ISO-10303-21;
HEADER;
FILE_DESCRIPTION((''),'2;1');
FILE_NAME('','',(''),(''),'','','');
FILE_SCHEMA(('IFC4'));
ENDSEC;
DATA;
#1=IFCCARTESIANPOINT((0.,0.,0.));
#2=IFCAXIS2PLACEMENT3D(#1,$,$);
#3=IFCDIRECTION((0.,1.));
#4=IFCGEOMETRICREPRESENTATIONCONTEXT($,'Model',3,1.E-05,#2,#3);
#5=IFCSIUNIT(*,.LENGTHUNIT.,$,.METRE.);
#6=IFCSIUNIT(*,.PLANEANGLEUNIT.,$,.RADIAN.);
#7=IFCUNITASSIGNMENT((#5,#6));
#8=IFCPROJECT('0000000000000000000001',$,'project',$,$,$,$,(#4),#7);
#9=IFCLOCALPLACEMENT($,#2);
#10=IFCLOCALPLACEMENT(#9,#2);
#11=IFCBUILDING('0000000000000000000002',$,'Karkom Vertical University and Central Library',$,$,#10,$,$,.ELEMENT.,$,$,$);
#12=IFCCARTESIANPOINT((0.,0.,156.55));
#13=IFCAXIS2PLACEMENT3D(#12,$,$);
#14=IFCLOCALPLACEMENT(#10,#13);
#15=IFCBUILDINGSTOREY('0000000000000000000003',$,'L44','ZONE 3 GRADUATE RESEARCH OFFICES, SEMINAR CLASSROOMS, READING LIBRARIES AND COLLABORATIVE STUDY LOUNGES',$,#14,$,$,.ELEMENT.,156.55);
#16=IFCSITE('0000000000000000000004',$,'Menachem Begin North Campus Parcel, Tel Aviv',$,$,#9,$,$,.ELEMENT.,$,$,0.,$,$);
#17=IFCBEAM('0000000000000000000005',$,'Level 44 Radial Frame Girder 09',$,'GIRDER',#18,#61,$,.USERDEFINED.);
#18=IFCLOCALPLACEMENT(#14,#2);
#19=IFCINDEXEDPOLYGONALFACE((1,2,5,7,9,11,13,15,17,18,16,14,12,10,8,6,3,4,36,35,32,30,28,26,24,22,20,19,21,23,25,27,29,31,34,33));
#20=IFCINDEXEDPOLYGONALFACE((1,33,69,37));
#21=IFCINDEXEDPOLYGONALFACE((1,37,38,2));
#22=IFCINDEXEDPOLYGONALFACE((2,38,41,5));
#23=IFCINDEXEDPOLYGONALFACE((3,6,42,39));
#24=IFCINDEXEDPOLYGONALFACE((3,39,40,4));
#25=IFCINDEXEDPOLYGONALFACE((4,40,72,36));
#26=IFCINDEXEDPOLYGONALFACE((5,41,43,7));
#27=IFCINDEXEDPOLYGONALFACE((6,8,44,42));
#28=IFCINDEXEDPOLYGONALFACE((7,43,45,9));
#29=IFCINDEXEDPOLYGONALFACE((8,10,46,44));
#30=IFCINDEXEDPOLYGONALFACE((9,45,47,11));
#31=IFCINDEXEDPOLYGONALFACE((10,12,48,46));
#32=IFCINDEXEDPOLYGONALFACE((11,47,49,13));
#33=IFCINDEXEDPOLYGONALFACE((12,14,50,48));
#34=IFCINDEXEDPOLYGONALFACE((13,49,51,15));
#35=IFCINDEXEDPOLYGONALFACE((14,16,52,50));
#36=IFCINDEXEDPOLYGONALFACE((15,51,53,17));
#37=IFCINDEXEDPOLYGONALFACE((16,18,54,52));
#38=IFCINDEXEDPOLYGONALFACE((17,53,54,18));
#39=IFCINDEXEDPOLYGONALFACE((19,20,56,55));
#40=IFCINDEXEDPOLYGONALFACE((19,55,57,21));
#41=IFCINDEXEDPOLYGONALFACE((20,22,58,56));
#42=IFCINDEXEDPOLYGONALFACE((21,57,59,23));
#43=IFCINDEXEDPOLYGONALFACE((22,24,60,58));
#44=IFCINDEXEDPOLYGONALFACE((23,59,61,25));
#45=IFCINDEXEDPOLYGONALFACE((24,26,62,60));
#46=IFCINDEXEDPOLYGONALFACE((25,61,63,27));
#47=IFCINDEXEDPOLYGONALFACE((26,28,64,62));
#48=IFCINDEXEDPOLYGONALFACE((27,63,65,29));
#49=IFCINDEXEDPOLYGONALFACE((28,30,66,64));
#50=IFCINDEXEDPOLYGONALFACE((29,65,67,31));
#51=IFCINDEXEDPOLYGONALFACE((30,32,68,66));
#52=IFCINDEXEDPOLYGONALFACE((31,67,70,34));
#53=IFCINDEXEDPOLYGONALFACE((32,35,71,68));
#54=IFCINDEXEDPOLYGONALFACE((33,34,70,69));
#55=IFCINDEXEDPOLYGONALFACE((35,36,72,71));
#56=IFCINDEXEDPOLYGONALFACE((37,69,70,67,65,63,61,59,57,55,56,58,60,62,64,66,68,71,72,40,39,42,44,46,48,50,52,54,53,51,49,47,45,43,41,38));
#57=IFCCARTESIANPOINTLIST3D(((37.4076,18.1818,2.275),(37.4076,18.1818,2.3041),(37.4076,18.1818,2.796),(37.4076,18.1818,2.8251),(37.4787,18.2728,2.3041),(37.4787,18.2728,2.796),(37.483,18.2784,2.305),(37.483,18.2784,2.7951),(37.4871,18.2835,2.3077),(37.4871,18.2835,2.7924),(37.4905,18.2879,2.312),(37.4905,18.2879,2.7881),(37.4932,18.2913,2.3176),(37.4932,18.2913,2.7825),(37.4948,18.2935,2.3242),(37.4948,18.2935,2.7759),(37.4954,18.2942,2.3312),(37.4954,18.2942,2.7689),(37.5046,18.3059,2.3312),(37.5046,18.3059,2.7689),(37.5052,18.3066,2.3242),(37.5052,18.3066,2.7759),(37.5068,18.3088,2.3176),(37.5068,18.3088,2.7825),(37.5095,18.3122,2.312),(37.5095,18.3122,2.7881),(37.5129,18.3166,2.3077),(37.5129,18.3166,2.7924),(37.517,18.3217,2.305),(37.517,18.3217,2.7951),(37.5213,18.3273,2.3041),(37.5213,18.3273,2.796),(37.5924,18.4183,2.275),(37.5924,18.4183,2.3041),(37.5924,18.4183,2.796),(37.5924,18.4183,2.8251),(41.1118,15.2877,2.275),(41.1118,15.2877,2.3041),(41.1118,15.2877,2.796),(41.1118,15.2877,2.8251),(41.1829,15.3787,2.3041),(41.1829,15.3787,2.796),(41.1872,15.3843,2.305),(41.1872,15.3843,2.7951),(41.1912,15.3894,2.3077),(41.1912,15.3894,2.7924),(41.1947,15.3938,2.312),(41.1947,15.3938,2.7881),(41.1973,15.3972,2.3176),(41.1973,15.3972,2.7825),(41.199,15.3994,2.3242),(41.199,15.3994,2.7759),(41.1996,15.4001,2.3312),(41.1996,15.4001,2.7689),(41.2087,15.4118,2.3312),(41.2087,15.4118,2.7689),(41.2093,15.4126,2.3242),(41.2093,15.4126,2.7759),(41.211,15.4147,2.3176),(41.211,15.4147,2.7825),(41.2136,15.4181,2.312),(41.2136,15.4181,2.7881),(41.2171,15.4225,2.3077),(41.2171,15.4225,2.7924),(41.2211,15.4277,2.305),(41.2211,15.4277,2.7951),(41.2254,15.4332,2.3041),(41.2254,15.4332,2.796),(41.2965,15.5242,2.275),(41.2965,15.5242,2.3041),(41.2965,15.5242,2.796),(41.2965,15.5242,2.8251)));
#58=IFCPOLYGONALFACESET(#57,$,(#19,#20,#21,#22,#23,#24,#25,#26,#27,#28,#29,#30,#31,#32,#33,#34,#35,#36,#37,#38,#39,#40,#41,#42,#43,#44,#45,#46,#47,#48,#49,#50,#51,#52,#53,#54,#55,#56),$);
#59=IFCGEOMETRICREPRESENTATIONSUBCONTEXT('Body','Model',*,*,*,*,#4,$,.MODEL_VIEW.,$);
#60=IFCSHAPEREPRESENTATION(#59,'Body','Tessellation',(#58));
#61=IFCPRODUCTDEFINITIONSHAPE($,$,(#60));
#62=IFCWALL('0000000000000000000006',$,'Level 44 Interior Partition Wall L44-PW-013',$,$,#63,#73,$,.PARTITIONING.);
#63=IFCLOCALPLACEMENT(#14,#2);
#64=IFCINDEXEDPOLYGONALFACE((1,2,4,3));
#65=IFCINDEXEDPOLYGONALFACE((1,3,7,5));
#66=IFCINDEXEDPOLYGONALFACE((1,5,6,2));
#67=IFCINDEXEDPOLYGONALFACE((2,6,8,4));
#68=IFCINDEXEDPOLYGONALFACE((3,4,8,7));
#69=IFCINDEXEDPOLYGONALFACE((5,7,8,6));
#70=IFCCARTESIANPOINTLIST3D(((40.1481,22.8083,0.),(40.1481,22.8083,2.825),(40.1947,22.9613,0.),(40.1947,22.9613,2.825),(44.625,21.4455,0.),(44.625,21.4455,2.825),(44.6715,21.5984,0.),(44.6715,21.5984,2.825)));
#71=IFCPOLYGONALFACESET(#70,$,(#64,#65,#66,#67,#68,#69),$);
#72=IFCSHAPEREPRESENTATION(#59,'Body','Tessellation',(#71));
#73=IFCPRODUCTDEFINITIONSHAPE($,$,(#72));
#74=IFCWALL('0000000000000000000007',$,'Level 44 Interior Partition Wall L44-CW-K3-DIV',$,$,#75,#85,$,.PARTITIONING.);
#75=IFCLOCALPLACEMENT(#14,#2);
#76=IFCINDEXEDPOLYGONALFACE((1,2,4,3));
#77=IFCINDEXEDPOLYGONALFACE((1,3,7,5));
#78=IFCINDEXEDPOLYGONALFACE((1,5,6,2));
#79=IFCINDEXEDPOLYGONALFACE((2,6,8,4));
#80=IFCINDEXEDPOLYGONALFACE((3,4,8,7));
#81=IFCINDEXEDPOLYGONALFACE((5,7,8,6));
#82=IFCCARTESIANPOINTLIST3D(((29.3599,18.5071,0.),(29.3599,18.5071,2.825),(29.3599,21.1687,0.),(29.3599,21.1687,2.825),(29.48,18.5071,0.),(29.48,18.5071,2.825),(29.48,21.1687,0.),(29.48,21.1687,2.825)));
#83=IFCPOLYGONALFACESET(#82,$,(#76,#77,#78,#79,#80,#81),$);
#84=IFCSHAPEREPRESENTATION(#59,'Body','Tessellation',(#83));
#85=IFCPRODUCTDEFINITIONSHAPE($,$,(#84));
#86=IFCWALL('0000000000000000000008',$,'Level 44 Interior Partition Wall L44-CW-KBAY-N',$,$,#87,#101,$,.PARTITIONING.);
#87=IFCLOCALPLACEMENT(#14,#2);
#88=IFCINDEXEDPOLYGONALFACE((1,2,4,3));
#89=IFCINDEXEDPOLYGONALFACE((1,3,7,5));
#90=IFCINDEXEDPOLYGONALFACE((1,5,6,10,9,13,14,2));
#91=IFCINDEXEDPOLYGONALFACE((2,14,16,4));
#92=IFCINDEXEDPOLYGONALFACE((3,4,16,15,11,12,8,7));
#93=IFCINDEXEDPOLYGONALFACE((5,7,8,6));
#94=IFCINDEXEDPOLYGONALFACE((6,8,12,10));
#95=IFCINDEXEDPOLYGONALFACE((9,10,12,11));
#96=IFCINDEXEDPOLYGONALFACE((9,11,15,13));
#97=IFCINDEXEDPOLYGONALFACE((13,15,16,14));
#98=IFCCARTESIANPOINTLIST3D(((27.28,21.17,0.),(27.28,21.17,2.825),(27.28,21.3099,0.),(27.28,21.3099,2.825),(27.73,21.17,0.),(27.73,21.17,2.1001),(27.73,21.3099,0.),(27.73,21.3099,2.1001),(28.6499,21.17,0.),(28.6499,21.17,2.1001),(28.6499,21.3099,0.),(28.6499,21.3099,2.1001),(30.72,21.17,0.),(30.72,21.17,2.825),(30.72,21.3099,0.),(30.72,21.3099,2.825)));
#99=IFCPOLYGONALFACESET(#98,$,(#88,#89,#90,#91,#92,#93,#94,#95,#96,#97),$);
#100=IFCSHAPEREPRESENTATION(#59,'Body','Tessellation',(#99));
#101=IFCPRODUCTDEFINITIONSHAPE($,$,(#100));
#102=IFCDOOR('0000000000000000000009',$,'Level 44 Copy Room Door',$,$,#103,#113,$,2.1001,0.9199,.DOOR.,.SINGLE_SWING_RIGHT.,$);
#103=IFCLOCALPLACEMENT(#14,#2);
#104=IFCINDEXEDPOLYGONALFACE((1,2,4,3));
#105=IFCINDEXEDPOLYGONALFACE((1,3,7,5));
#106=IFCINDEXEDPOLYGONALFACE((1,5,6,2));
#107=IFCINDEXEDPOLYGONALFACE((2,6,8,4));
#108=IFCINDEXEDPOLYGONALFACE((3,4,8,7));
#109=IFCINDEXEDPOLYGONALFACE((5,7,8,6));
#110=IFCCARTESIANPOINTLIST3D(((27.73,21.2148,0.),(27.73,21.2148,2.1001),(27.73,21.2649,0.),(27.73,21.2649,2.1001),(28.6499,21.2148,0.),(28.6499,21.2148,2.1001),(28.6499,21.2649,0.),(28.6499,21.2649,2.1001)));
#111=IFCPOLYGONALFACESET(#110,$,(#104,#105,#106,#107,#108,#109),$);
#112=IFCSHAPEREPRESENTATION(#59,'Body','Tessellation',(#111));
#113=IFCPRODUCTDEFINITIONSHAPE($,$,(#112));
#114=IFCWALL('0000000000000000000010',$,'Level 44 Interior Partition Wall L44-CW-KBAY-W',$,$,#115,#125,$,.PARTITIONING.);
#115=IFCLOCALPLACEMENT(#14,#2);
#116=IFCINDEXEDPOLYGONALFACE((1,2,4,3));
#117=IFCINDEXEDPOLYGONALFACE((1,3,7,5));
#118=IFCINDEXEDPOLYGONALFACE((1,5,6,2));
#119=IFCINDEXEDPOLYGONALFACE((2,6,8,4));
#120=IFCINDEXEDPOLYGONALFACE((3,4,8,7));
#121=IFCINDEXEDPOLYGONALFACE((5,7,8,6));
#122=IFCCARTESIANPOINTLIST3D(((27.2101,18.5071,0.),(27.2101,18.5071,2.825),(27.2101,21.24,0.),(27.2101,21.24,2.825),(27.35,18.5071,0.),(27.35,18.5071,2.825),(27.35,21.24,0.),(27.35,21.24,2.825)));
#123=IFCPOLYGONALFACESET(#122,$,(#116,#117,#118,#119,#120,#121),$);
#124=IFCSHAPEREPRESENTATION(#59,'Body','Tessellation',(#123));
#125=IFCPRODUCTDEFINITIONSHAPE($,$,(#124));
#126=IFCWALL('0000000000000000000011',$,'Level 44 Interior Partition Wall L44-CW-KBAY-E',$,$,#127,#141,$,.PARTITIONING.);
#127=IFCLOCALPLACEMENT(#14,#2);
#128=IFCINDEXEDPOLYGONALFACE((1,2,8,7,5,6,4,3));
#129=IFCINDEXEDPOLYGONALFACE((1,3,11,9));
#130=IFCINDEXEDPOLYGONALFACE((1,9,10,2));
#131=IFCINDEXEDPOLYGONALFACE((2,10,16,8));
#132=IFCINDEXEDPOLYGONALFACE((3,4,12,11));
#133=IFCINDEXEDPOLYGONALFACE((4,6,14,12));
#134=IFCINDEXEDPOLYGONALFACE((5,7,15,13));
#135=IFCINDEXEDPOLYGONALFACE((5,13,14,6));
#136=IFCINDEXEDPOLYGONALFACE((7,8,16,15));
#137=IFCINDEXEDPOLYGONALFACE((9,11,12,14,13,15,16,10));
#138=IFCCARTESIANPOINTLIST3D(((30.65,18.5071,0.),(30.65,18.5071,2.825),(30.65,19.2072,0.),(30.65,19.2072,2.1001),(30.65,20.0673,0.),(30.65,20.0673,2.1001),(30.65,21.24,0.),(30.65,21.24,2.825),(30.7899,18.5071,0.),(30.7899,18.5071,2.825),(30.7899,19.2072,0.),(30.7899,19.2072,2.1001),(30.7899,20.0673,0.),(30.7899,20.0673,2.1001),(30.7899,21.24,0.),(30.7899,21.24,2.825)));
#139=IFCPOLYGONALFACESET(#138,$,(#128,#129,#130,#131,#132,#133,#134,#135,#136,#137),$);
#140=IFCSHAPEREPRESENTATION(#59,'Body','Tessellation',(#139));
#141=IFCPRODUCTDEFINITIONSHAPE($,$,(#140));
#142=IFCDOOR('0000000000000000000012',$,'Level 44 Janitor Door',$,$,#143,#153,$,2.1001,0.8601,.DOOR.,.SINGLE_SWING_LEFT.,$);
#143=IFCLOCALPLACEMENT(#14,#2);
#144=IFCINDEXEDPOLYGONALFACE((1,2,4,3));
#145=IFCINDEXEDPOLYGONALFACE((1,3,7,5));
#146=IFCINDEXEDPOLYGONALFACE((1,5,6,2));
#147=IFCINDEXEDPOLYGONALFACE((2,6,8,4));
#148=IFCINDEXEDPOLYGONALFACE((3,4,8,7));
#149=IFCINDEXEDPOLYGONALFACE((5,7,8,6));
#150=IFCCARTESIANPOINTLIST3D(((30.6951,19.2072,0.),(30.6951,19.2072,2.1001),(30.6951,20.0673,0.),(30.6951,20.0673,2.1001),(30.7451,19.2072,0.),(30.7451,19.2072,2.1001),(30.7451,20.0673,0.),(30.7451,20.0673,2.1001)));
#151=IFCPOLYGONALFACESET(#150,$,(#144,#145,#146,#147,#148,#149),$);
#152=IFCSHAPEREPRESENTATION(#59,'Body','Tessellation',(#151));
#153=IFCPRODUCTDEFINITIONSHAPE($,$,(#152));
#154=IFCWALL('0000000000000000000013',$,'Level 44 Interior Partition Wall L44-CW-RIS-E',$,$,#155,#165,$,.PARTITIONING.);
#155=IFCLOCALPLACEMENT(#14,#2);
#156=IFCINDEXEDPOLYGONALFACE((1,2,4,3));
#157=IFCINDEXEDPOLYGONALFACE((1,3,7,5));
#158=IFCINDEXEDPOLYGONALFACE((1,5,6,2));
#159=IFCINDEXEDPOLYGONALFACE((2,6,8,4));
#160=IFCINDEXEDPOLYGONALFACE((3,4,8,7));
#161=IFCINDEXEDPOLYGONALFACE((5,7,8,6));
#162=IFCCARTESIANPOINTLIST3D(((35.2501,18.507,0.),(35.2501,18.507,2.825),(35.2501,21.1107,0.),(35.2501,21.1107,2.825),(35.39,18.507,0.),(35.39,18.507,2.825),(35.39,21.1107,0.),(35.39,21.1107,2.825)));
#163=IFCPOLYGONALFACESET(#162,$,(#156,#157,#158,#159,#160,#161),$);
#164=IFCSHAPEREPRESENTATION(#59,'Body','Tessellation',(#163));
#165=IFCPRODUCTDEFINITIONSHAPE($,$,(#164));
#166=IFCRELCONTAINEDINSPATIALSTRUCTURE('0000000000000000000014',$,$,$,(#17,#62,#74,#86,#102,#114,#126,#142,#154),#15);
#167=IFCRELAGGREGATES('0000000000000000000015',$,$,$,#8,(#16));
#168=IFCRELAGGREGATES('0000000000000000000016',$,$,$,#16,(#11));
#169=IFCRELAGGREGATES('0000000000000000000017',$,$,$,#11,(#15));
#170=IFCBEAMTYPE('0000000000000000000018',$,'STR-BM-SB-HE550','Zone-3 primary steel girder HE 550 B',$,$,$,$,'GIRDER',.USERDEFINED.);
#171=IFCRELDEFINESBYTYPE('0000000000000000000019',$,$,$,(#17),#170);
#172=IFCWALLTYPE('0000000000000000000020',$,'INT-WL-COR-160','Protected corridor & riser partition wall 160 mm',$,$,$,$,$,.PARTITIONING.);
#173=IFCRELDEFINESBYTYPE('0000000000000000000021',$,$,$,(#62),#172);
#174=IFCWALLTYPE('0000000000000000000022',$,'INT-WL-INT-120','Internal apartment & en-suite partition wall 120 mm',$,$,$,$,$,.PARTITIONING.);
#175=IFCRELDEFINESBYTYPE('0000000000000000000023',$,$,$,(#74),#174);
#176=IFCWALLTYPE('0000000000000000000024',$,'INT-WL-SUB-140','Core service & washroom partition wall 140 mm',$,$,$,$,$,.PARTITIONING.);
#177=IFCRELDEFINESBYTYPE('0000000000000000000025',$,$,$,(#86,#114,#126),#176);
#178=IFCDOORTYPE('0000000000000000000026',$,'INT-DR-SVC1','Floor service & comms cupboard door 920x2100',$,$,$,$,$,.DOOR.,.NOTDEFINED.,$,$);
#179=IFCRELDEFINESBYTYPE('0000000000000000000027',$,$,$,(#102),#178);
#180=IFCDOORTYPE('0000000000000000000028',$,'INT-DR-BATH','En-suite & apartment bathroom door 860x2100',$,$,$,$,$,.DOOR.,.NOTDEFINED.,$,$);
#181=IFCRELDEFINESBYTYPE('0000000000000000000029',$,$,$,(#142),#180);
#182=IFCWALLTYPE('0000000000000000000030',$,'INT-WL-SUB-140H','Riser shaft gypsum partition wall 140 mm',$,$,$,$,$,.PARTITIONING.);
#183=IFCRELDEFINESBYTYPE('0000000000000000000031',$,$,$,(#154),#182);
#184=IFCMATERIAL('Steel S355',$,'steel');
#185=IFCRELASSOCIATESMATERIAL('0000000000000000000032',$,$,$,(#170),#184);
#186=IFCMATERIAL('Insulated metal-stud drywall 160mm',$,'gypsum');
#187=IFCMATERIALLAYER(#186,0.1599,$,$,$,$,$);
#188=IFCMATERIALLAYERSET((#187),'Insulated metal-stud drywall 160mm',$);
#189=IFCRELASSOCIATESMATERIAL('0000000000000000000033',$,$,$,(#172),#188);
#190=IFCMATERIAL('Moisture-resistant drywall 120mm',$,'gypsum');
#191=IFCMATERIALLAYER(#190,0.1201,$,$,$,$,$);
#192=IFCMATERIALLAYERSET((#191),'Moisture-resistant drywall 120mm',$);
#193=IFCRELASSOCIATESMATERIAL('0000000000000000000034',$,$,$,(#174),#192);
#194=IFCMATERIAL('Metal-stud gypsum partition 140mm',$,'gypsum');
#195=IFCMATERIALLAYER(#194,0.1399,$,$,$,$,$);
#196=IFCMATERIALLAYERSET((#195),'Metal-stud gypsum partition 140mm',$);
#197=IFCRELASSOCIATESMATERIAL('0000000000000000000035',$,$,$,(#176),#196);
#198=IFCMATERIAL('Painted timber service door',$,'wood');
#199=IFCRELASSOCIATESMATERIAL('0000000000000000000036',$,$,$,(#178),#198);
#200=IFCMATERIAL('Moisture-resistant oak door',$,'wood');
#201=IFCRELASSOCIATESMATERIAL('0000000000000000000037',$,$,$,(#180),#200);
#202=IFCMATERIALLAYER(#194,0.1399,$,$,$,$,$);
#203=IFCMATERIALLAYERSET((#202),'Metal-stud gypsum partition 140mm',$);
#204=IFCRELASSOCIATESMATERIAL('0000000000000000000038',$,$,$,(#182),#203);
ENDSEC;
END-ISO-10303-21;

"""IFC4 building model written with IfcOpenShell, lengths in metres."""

from ifc_helpers import new_model, si_unit, direction, frame, frame_2d, origin, origin_with_axes, origin_2d, place, context, subcontext, project, spatial, rectangle, i_section, extrude, source, transform, mapped, material, layer, layer_set, material_profile, profile_set, type_object, element, fill, save


model = new_model("IFC4")

# Units and contexts
model_context = context("Model", 3, precision=1e-05, world=origin(), true_north=direction((0.0, 1.0)))
body_context = subcontext(model_context, "Body", "Model", "MODEL_VIEW")
ifc_project = project(units=[si_unit("LENGTHUNIT", "METRE"), si_unit("PLANEANGLEUNIT", "RADIAN")], contexts=[model_context])

# Site, building, storey
site_placement = place(None, origin())
site = spatial("IfcSite", under=ifc_project, at=site_placement, Name="Menachem Begin North Campus Parcel, Tel Aviv", CompositionType="ELEMENT", RefElevation=0.0)
building_placement = place(site_placement, origin())
building = spatial("IfcBuilding", under=site, at=building_placement, Name="Karkom Vertical University and Central Library", CompositionType="ELEMENT")
storey_placement = place(building_placement, frame((0.0, 0.0, 156.55)))
storey = spatial("IfcBuildingStorey", under=building, at=storey_placement, Name="L44", Description="ZONE 3 GRADUATE RESEARCH OFFICES, SEMINAR CLASSROOMS, READING LIBRARIES AND COLLABORATIVE STUDY LOUNGES", CompositionType="ELEMENT", Elevation=156.55)

# Beam
ifc_material_1 = material(Name="Steel S355", Category="steel")
ifc_material_profile_1 = material_profile(ifc_material_1, i_section(OverallWidth=0.3, OverallDepth=0.55, WebThickness=0.0149, FlangeThickness=0.0291, FilletRadius=0.0271, at=origin_2d()), Name="HE 550 B")
ifc_profile_set_1 = profile_set([ifc_material_profile_1], Name="Steel S355")
beam_type_1 = type_object("IfcBeamType", Name="STR-BM-SB-HE550", Description="Zone-3 primary steel girder HE 550 B", ElementType="GIRDER", PredefinedType="USERDEFINED", material=ifc_profile_set_1)
shared_shape_1 = source(origin_with_axes(), body_context, "Body", "SweptSolid", [
    extrude(i_section(OverallWidth=0.3, OverallDepth=0.55, WebThickness=0.0149, FlangeThickness=0.0291, FilletRadius=0.0271, at=origin_2d()), origin(), (0.0, 0.0, 1.0), 4.7007),
])
beam_1_placement = place(storey_placement, frame((37.5, 18.3, 2.55), z_axis=(0.788002, -0.615672, 0.0), x_axis=(0.615672, 0.788002, 0.0)))
element("IfcBeam", 1, at=beam_1_placement, inside=storey, type_object=beam_type_1, Name="Level 44 Radial Frame Girder 09", ObjectType="GIRDER", PredefinedType="USERDEFINED", context=body_context, shape_type="MappedRepresentation", body=[
    mapped(shared_shape_1, transform((0.0, 0.0, 0.0), scale=1.0)),
])

# Walls
ifc_material_2 = material(Name="Insulated metal-stud drywall 160mm", Category="gypsum")
ifc_layer_1 = layer(ifc_material_2, 0.1599)
ifc_layer_set_1 = layer_set([ifc_layer_1], Name="Insulated metal-stud drywall 160mm")
wall_type_1 = type_object("IfcWallType", Name="INT-WL-COR-160", Description="Protected corridor & riser partition wall 160 mm", PredefinedType="PARTITIONING", material=ifc_layer_set_1)
wall_1_placement = place(storey_placement, frame((40.1714, 22.8848, 0.0), z_axis=(0.0, 0.0, 1.0), x_axis=(0.956657, -0.291218, 0.0)))
element("IfcWall", 2, at=wall_1_placement, inside=storey, type_object=wall_type_1, Name="Level 44 Interior Partition Wall L44-PW-013", PredefinedType="PARTITIONING", context=body_context, shape_type="SweptSolid", body=[
    extrude(rectangle(XDim=4.6797, YDim=0.1599, at=frame_2d((2.3398, 0.0))), origin(), (0.0, 0.0, 1.0), 2.825),
])
ifc_material_3 = material(Name="Moisture-resistant drywall 120mm", Category="gypsum")
ifc_layer_2 = layer(ifc_material_3, 0.1201)
ifc_layer_set_2 = layer_set([ifc_layer_2], Name="Moisture-resistant drywall 120mm")
wall_type_2 = type_object("IfcWallType", Name="INT-WL-INT-120", Description="Internal apartment & en-suite partition wall 120 mm", PredefinedType="PARTITIONING", material=ifc_layer_set_2)
wall_2_placement = place(storey_placement, frame((29.4199, 18.5071, 0.0), z_axis=(0.0, 0.0, 1.0), x_axis=(0.0, 1.0, 0.0)))
element("IfcWall", 3, at=wall_2_placement, inside=storey, type_object=wall_type_2, Name="Level 44 Interior Partition Wall L44-CW-K3-DIV", PredefinedType="PARTITIONING", context=body_context, shape_type="SweptSolid", body=[
    extrude(rectangle(XDim=2.6616, YDim=0.1201, at=frame_2d((1.3308, 0.0))), origin(), (0.0, 0.0, 1.0), 2.825),
])

# Wall, opening, door
ifc_material_4 = material(Name="Metal-stud gypsum partition 140mm", Category="gypsum")
ifc_layer_3 = layer(ifc_material_4, 0.1399)
ifc_layer_set_3 = layer_set([ifc_layer_3], Name="Metal-stud gypsum partition 140mm")
wall_type_3 = type_object("IfcWallType", Name="INT-WL-SUB-140", Description="Core service & washroom partition wall 140 mm", PredefinedType="PARTITIONING", material=ifc_layer_set_3)
wall_3_placement = place(storey_placement, frame((27.28, 21.24, 0.0), z_axis=(0.0, 0.0, 1.0), x_axis=(1.0, 0.0, 0.0)))
wall_3 = element("IfcWall", 4, at=wall_3_placement, inside=storey, type_object=wall_type_3, Name="Level 44 Interior Partition Wall L44-CW-KBAY-N", PredefinedType="PARTITIONING", context=body_context, shape_type="SweptSolid", body=[
    extrude(rectangle(XDim=3.4399, YDim=0.1399, at=frame_2d((1.72, 0.0))), origin(), (0.0, 0.0, 1.0), 2.825),
])
opening_1_placement = place(wall_3_placement, frame((0.45, 0.0, 0.0)))
opening_1 = element("IfcOpeningElement", 5, at=opening_1_placement, cuts=wall_3, PredefinedType="OPENING", context=body_context, shape_type="SweptSolid", body=[
    extrude(rectangle(XDim=0.9199, YDim=2.1001, at=frame_2d((0.46, 1.05))), frame((0.0, 0.0801, 0.0), z_axis=(0.0, -1.0, 0.0), x_axis=(1.0, 0.0, 0.0)), (0.0, 0.0, 1.0), 0.1599),
])
ifc_material_5 = material(Name="Painted timber service door", Category="wood")
door_type_1 = type_object("IfcDoorType", Name="INT-DR-SVC1", Description="Floor service & comms cupboard door 920x2100", OperationType="NOTDEFINED", PredefinedType="DOOR", material=ifc_material_5)
shared_shape_2 = source(origin_with_axes(), body_context, "Body", "SweptSolid", [
    extrude(rectangle(XDim=0.9199, YDim=2.1001, at=frame_2d((0.46, 1.05))), frame((0.0, 0.0249, 0.0), z_axis=(0.0, -1.0, 0.0), x_axis=(1.0, 0.0, 0.0)), (0.0, 0.0, 1.0), 0.05),
])
door_1_placement = place(opening_1_placement, origin())
door_1 = element("IfcDoor", 6, at=door_1_placement, inside=storey, type_object=door_type_1, Name="Level 44 Copy Room Door", OperationType="SINGLE_SWING_RIGHT", OverallHeight=2.1001, OverallWidth=0.9199, PredefinedType="DOOR", context=body_context, shape_type="MappedRepresentation", body=[
    mapped(shared_shape_2, transform((0.0, 0.0, 0.0), scale=1.0)),
])
fill(opening_1, door_1)

# Wall
wall_4_placement = place(storey_placement, frame((27.28, 18.5071, 0.0), z_axis=(0.0, 0.0, 1.0), x_axis=(0.0, 1.0, 0.0)))
element("IfcWall", 7, at=wall_4_placement, inside=storey, type_object=wall_type_3, Name="Level 44 Interior Partition Wall L44-CW-KBAY-W", PredefinedType="PARTITIONING", context=body_context, shape_type="SweptSolid", body=[
    extrude(rectangle(XDim=2.7329, YDim=0.1399, at=frame_2d((1.3665, 0.0))), origin(), (0.0, 0.0, 1.0), 2.825),
])

# Wall, opening, door
wall_5_placement = place(storey_placement, frame((30.72, 18.5071, 0.0), z_axis=(0.0, 0.0, 1.0), x_axis=(0.0, 1.0, 0.0)))
wall_5 = element("IfcWall", 8, at=wall_5_placement, inside=storey, type_object=wall_type_3, Name="Level 44 Interior Partition Wall L44-CW-KBAY-E", PredefinedType="PARTITIONING", context=body_context, shape_type="SweptSolid", body=[
    extrude(rectangle(XDim=2.7329, YDim=0.1399, at=frame_2d((1.3665, 0.0))), origin(), (0.0, 0.0, 1.0), 2.825),
])
opening_2_placement = place(wall_5_placement, frame((0.7, 0.0, 0.0)))
opening_2 = element("IfcOpeningElement", 9, at=opening_2_placement, cuts=wall_5, PredefinedType="OPENING", context=body_context, shape_type="SweptSolid", body=[
    extrude(rectangle(XDim=0.8601, YDim=2.1001, at=frame_2d((0.4302, 1.05))), frame((0.0, 0.0801, 0.0), z_axis=(0.0, -1.0, 0.0), x_axis=(1.0, 0.0, 0.0)), (0.0, 0.0, 1.0), 0.1599),
])
ifc_material_6 = material(Name="Moisture-resistant oak door", Category="wood")
door_type_2 = type_object("IfcDoorType", Name="INT-DR-BATH", Description="En-suite & apartment bathroom door 860x2100", OperationType="NOTDEFINED", PredefinedType="DOOR", material=ifc_material_6)
shared_shape_3 = source(origin_with_axes(), body_context, "Body", "SweptSolid", [
    extrude(rectangle(XDim=0.8601, YDim=2.1001, at=frame_2d((0.4302, 1.05))), frame((0.0, 0.0249, 0.0), z_axis=(0.0, -1.0, 0.0), x_axis=(1.0, 0.0, 0.0)), (0.0, 0.0, 1.0), 0.05),
])
door_2_placement = place(opening_2_placement, origin())
door_2 = element("IfcDoor", 10, at=door_2_placement, inside=storey, type_object=door_type_2, Name="Level 44 Janitor Door", OperationType="SINGLE_SWING_LEFT", OverallHeight=2.1001, OverallWidth=0.8601, PredefinedType="DOOR", context=body_context, shape_type="MappedRepresentation", body=[
    mapped(shared_shape_3, transform((0.0, 0.0, 0.0), scale=1.0)),
])
fill(opening_2, door_2)

# Wall
ifc_layer_4 = layer(ifc_material_4, 0.1399)
ifc_layer_set_4 = layer_set([ifc_layer_4], Name="Metal-stud gypsum partition 140mm")
wall_type_4 = type_object("IfcWallType", Name="INT-WL-SUB-140H", Description="Riser shaft gypsum partition wall 140 mm", PredefinedType="PARTITIONING", material=ifc_layer_set_4)
wall_6_placement = place(storey_placement, frame((35.3201, 18.5071, 0.0), z_axis=(0.0, 0.0, 1.0), x_axis=(0.0, 1.0, 0.0)))
element("IfcWall", 11, at=wall_6_placement, inside=storey, type_object=wall_type_4, Name="Level 44 Interior Partition Wall L44-CW-RIS-E", PredefinedType="PARTITIONING", context=body_context, shape_type="SweptSolid", body=[
    extrude(rectangle(XDim=2.6038, YDim=0.1399, at=frame_2d((1.3018, 0.0))), origin(), (0.0, 0.0, 1.0), 2.825),
])

save(model, "model.ifc")
